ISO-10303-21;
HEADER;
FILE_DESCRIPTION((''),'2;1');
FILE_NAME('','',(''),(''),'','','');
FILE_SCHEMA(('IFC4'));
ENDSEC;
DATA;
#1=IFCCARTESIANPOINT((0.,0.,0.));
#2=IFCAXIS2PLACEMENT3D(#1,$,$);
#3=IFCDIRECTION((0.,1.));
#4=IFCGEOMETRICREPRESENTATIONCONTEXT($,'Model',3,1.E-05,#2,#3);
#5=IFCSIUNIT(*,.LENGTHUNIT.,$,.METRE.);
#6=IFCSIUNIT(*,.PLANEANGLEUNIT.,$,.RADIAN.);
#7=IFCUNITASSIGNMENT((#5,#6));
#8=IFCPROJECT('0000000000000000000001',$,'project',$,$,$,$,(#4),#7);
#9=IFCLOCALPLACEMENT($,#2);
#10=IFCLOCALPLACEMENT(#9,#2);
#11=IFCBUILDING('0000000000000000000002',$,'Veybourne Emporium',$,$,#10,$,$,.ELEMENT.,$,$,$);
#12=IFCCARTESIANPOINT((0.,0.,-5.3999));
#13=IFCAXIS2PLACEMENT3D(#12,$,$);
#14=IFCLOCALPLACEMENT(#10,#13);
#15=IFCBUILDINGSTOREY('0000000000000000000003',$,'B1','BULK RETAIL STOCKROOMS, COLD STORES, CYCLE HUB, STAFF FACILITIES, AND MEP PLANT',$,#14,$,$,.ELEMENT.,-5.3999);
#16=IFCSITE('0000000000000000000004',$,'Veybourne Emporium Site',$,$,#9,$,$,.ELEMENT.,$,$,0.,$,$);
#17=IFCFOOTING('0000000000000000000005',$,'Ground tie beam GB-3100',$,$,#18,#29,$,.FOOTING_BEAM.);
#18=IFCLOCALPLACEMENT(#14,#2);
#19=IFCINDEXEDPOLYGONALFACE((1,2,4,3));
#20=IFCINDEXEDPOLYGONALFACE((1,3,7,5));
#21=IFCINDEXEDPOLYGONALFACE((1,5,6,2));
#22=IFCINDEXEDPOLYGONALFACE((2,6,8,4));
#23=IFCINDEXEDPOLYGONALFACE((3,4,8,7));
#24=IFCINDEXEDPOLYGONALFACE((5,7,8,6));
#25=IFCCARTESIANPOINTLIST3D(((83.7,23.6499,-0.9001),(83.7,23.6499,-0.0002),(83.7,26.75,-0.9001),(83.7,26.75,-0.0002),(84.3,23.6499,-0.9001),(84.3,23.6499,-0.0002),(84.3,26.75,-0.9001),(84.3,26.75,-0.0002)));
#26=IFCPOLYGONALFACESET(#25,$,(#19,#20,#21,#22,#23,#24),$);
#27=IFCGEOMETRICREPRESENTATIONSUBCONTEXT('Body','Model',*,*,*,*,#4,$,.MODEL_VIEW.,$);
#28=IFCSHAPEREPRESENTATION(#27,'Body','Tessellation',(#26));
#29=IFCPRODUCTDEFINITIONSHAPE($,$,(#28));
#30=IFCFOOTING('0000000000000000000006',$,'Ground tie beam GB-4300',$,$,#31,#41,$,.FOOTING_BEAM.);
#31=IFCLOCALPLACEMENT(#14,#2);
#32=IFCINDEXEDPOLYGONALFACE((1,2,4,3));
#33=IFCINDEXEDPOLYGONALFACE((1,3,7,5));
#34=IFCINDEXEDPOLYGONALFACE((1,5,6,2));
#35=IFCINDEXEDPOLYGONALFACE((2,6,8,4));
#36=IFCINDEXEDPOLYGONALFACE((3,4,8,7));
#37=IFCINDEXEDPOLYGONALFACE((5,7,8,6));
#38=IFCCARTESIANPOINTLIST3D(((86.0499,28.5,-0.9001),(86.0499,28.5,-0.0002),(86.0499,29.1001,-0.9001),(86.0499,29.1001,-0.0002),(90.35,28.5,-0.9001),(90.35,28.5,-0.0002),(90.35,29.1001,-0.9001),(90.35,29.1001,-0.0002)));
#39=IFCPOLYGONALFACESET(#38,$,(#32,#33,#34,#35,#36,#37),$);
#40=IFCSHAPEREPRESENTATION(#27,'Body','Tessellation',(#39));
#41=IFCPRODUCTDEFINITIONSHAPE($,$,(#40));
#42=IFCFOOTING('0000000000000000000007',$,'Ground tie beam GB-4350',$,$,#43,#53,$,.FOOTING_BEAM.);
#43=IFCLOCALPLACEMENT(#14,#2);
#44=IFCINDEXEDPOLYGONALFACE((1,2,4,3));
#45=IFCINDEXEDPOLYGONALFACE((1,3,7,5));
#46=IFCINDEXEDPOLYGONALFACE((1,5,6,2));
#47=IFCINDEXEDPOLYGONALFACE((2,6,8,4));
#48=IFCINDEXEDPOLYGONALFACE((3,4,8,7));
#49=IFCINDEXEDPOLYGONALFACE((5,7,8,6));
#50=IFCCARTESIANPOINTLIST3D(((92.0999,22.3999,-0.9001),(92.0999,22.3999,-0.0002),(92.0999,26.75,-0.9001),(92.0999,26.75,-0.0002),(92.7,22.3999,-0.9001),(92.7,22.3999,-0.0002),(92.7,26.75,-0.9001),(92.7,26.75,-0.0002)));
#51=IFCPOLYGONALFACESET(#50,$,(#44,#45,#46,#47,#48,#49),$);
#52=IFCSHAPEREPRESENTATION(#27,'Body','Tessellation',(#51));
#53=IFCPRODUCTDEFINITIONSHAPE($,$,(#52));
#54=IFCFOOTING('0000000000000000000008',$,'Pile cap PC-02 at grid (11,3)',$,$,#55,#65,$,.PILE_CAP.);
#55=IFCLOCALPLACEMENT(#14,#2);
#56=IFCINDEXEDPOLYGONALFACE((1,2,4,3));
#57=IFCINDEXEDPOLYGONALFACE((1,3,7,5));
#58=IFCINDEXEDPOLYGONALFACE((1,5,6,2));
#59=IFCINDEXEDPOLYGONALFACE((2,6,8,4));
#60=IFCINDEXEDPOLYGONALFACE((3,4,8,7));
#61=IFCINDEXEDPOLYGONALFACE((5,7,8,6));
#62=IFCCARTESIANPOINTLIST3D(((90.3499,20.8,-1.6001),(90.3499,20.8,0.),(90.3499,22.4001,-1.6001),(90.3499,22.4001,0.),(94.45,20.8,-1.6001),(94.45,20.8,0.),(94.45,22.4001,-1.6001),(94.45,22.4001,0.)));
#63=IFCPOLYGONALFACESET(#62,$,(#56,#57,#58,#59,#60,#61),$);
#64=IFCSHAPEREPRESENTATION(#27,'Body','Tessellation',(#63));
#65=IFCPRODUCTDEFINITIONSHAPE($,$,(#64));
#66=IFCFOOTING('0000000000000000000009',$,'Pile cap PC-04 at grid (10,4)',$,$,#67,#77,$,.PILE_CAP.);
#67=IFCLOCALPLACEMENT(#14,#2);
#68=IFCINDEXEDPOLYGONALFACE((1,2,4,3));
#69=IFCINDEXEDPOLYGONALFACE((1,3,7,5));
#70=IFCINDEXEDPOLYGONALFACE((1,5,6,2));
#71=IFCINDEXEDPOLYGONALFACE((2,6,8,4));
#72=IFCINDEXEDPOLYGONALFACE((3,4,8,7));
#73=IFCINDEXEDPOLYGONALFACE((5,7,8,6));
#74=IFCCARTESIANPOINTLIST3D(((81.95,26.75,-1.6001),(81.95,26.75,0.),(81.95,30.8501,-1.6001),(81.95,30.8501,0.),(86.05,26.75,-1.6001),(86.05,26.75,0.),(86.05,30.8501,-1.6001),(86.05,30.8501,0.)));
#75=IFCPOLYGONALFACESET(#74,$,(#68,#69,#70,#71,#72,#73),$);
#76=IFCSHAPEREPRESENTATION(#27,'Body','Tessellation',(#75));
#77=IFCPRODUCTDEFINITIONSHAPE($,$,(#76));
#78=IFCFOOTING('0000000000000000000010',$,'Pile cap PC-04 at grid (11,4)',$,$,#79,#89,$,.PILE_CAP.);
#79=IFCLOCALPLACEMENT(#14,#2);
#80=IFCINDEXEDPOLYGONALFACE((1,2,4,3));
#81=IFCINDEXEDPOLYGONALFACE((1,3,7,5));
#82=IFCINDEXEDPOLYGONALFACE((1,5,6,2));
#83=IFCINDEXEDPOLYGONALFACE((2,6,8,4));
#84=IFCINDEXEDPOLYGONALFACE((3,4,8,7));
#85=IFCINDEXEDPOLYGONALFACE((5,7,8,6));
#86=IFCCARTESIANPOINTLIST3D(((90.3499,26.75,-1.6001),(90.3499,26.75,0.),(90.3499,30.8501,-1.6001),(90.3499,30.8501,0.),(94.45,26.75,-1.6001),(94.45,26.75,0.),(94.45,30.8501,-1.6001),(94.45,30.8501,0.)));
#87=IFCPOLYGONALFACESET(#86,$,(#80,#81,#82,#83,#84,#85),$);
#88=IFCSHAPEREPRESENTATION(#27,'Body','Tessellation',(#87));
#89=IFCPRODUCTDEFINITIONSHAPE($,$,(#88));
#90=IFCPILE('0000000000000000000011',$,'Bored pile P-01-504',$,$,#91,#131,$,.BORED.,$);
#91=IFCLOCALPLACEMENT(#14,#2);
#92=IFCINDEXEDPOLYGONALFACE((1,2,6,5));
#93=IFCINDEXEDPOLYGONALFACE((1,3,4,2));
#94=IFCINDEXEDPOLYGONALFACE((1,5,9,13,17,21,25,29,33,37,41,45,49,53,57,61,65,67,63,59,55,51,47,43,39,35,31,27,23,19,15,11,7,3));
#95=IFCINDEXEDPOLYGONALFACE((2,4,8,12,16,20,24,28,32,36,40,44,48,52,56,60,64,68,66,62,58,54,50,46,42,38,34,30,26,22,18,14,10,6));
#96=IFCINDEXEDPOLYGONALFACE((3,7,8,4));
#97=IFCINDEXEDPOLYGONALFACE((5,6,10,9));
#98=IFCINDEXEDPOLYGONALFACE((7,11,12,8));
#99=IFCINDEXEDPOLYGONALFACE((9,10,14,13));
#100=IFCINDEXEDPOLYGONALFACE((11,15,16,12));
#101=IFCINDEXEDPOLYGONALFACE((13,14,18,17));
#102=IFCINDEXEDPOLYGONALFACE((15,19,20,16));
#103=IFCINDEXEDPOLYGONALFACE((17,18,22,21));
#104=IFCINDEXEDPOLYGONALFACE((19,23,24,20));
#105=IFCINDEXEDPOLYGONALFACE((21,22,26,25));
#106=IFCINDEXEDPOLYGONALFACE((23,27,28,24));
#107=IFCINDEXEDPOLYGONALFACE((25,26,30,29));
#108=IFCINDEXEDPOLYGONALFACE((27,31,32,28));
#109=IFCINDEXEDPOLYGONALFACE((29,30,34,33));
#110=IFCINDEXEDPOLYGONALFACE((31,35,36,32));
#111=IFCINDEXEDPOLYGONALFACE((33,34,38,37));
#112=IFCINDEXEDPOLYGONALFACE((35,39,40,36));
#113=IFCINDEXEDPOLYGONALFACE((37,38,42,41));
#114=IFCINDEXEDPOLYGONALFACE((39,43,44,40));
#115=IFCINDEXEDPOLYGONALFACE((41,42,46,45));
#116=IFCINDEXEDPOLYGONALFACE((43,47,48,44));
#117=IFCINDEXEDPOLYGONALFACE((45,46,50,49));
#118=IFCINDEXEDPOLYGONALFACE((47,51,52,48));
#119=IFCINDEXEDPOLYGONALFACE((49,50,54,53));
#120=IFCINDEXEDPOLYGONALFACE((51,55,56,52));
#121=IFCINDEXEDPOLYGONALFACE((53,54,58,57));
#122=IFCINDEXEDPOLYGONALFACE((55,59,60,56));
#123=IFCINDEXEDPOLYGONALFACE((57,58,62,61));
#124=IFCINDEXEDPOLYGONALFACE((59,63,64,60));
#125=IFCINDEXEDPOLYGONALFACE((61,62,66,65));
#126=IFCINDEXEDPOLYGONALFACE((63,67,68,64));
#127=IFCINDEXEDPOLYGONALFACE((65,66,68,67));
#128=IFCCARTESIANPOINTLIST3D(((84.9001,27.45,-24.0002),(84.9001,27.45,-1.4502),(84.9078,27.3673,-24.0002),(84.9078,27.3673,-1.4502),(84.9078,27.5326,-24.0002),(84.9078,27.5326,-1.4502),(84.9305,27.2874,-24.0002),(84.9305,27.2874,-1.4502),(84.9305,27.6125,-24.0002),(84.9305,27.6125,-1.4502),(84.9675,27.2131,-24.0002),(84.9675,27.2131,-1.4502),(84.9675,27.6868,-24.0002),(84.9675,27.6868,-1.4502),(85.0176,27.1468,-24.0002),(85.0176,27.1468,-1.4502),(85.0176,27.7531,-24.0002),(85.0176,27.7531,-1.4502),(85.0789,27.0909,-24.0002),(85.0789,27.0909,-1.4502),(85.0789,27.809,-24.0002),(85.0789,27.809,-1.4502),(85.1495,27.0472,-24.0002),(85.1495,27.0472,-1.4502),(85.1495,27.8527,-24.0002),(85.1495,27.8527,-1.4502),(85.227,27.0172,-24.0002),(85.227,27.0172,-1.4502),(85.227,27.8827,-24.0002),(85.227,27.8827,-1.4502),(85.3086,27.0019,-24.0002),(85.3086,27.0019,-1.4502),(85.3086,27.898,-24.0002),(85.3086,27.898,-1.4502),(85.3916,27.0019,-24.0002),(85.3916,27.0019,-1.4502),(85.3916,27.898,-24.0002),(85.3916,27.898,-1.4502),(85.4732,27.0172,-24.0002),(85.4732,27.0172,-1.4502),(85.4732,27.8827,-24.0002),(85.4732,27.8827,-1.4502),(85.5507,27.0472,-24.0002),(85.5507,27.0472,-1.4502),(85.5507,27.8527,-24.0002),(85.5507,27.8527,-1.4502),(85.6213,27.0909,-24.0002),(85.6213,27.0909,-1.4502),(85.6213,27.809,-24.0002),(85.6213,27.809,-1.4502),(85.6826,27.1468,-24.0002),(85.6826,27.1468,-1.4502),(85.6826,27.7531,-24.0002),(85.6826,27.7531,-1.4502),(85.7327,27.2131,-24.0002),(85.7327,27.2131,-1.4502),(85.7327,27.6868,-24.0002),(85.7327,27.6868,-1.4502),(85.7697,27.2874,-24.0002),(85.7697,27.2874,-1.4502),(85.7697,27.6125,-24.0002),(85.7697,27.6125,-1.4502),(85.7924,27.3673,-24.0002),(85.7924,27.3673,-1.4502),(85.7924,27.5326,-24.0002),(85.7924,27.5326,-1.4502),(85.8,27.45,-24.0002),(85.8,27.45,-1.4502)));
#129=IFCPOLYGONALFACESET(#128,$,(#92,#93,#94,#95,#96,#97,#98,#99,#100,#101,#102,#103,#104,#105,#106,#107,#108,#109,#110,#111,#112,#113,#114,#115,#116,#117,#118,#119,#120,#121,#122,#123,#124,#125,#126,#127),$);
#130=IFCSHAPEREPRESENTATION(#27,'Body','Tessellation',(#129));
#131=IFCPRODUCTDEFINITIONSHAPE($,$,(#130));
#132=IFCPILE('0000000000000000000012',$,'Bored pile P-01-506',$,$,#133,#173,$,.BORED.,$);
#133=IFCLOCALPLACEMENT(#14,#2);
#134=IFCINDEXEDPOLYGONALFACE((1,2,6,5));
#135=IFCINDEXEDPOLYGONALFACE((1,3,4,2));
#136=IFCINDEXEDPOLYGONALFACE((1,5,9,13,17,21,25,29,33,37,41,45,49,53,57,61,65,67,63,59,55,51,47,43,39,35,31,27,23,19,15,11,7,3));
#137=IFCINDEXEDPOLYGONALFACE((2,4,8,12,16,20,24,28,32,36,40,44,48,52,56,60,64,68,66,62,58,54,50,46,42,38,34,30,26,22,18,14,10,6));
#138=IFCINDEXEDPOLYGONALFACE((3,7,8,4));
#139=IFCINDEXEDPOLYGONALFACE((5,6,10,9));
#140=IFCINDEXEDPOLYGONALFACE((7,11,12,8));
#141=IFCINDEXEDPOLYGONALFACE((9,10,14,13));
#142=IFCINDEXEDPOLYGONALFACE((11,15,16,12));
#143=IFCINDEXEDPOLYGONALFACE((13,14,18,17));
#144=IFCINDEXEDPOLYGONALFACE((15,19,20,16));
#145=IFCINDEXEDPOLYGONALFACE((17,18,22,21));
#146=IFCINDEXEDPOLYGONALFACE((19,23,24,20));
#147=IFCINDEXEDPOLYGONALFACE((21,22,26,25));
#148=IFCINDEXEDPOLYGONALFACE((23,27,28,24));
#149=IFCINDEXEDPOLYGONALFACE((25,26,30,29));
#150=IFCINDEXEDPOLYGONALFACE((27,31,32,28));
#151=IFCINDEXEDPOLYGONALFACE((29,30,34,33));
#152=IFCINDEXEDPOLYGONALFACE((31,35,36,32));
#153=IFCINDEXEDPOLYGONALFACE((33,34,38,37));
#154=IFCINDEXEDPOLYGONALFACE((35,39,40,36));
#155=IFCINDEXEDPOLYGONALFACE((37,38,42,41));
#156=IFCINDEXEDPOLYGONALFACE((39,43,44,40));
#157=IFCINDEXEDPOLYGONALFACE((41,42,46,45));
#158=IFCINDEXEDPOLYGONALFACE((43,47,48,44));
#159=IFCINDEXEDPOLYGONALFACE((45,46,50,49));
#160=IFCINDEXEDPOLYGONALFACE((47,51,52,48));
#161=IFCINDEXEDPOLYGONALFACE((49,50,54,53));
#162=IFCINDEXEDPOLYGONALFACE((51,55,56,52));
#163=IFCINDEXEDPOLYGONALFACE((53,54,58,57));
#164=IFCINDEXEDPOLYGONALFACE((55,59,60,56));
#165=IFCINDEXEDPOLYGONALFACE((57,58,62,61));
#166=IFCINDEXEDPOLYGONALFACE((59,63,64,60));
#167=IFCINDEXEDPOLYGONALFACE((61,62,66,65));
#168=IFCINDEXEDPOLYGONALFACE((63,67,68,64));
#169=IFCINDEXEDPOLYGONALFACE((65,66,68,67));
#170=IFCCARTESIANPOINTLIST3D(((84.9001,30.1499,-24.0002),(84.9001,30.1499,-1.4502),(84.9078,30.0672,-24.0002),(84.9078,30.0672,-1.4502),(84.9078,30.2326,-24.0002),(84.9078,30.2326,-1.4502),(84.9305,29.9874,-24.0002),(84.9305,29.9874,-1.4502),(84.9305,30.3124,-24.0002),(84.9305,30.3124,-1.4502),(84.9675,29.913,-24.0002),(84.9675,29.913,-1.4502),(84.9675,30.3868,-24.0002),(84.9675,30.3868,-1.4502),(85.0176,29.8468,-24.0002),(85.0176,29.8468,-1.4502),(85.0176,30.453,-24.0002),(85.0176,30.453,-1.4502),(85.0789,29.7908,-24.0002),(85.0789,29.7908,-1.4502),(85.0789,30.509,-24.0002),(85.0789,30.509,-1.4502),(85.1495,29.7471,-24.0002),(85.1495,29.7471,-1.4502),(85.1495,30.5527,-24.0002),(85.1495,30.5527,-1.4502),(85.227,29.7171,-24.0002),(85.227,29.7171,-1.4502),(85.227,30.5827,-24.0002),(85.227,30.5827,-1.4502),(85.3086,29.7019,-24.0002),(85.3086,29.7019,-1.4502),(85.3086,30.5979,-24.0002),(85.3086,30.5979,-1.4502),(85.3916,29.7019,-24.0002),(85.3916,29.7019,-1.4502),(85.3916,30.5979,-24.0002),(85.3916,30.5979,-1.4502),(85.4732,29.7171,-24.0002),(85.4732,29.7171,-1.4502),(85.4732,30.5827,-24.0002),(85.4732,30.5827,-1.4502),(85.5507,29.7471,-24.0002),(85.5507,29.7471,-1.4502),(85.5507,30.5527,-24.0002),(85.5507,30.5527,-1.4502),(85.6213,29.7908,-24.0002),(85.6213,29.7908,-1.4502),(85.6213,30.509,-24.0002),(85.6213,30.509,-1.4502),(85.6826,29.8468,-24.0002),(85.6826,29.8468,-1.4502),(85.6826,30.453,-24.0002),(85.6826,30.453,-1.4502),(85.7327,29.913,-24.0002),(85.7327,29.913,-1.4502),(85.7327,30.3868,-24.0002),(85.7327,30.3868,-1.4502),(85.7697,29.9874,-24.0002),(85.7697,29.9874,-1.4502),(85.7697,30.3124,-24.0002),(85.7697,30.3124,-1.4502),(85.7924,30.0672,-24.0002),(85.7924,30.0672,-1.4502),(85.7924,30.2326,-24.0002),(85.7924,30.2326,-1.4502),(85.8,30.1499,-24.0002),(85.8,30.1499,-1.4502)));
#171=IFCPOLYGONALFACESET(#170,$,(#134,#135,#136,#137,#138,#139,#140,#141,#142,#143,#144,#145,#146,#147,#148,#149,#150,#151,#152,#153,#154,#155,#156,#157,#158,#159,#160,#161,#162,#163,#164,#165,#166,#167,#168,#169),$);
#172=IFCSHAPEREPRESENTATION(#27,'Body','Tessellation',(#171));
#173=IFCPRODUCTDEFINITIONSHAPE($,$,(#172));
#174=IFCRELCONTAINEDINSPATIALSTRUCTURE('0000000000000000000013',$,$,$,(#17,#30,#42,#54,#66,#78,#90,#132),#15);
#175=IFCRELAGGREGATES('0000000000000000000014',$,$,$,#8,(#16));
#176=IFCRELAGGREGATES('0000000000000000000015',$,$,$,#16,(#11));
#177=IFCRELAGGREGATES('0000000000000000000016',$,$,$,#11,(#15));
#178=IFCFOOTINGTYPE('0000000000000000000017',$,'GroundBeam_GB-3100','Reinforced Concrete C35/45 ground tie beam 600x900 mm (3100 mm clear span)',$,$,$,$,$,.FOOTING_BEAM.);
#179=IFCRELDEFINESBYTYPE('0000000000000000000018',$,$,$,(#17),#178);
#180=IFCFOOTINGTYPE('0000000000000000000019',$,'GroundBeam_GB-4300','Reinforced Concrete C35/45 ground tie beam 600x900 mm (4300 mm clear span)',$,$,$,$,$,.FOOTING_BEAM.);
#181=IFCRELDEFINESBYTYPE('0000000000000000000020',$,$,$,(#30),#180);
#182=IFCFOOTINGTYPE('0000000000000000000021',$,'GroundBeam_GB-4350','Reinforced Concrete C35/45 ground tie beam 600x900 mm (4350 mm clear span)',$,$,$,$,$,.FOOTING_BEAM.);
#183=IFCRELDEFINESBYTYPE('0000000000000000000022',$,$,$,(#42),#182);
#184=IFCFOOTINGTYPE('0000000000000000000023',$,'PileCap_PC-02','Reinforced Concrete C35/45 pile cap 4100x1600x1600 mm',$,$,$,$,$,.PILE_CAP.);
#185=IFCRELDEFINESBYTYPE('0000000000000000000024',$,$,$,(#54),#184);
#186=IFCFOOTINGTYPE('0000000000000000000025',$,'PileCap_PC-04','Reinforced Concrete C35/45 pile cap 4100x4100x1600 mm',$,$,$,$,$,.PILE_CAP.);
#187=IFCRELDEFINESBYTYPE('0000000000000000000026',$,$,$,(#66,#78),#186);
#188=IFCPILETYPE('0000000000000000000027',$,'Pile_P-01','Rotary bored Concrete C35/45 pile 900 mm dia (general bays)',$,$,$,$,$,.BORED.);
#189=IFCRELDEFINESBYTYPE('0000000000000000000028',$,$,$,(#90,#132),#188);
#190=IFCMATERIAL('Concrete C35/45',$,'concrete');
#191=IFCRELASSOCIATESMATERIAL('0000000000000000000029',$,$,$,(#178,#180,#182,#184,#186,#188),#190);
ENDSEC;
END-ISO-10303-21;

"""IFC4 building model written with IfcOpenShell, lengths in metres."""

from ifc_helpers import new_model, si_unit, direction, frame, origin, origin_2d, place, context, subcontext, project, spatial, rectangle, circle, extrude, material, material_profile, profile_set, type_object, element, save


model = new_model("IFC4")

# Units and contexts
model_context = context("Model", 3, precision=1e-05, world=origin(), true_north=direction((0.0, 1.0)))
body_context = subcontext(model_context, "Body", "Model", "MODEL_VIEW")
ifc_project = project(units=[si_unit("LENGTHUNIT", "METRE"), si_unit("PLANEANGLEUNIT", "RADIAN")], contexts=[model_context])

# Site, building, storey
site_placement = place(None, origin())
site = spatial("IfcSite", under=ifc_project, at=site_placement, Name="Veybourne Emporium Site", CompositionType="ELEMENT", RefElevation=0.0)
building_placement = place(site_placement, origin())
building = spatial("IfcBuilding", under=site, at=building_placement, Name="Veybourne Emporium", CompositionType="ELEMENT")
storey_placement = place(building_placement, frame((0.0, 0.0, -5.3999)))
storey = spatial("IfcBuildingStorey", under=building, at=storey_placement, Name="B1", Description="BULK RETAIL STOCKROOMS, COLD STORES, CYCLE HUB, STAFF FACILITIES, AND MEP PLANT", CompositionType="ELEMENT", Elevation=-5.3999)

# Footings
ifc_material_1 = material(Name="Concrete C35/45", Category="concrete")
footing_type_1 = type_object("IfcFootingType", Name="GroundBeam_GB-3100", Description="Reinforced Concrete C35/45 ground tie beam 600x900 mm (3100 mm clear span)", PredefinedType="FOOTING_BEAM", material=ifc_material_1)
footing_1_placement = place(storey_placement, frame((84.0, 25.2, -0.9001), z_axis=(0.0, 0.0, 1.0), x_axis=(0.0, 1.0, 0.0)))
element("IfcFooting", 1, at=footing_1_placement, inside=storey, type_object=footing_type_1, Name="Ground tie beam GB-3100", PredefinedType="FOOTING_BEAM", context=body_context, shape_type="SweptSolid", body=[
    extrude(rectangle(XDim=3.1001, YDim=0.6001, at=origin_2d()), origin(), (0.0, 0.0, 1.0), 0.8999),
])
footing_type_2 = type_object("IfcFootingType", Name="GroundBeam_GB-4300", Description="Reinforced Concrete C35/45 ground tie beam 600x900 mm (4300 mm clear span)", PredefinedType="FOOTING_BEAM", material=ifc_material_1)
footing_2_placement = place(storey_placement, frame((88.2, 28.8, -0.9001), z_axis=(0.0, 0.0, 1.0), x_axis=(1.0, 0.0, 0.0)))
element("IfcFooting", 2, at=footing_2_placement, inside=storey, type_object=footing_type_2, Name="Ground tie beam GB-4300", PredefinedType="FOOTING_BEAM", context=body_context, shape_type="SweptSolid", body=[
    extrude(rectangle(XDim=4.3, YDim=0.6001, at=origin_2d()), origin(), (0.0, 0.0, 1.0), 0.8999),
])
footing_type_3 = type_object("IfcFootingType", Name="GroundBeam_GB-4350", Description="Reinforced Concrete C35/45 ground tie beam 600x900 mm (4350 mm clear span)", PredefinedType="FOOTING_BEAM", material=ifc_material_1)
footing_3_placement = place(storey_placement, frame((92.3999, 24.575, -0.9001), z_axis=(0.0, 0.0, 1.0), x_axis=(0.0, 1.0, 0.0)))
element("IfcFooting", 3, at=footing_3_placement, inside=storey, type_object=footing_type_3, Name="Ground tie beam GB-4350", PredefinedType="FOOTING_BEAM", context=body_context, shape_type="SweptSolid", body=[
    extrude(rectangle(XDim=4.3501, YDim=0.6001, at=origin_2d()), origin(), (0.0, 0.0, 1.0), 0.8999),
])
footing_type_4 = type_object("IfcFootingType", Name="PileCap_PC-02", Description="Reinforced Concrete C35/45 pile cap 4100x1600x1600 mm", PredefinedType="PILE_CAP", material=ifc_material_1)
footing_4_placement = place(storey_placement, frame((92.3999, 21.6001, -1.6001), z_axis=(0.0, 0.0, 1.0), x_axis=(1.0, 0.0, 0.0)))
element("IfcFooting", 4, at=footing_4_placement, inside=storey, type_object=footing_type_4, Name="Pile cap PC-02 at grid (11,3)", PredefinedType="PILE_CAP", context=body_context, shape_type="SweptSolid", body=[
    extrude(rectangle(XDim=4.1001, YDim=1.6001, at=origin_2d()), origin(), (0.0, 0.0, 1.0), 1.6001),
])
footing_type_5 = type_object("IfcFootingType", Name="PileCap_PC-04", Description="Reinforced Concrete C35/45 pile cap 4100x4100x1600 mm", PredefinedType="PILE_CAP", material=ifc_material_1)
for number, where, z_axis, x_axis, name in (
    (5, (84.0, 28.8, -1.6001), (0.0, 0.0, 1.0), (1.0, 0.0, 0.0), "Pile cap PC-04 at grid (10,4)"),
    (6, (92.3999, 28.8, -1.6001), (0.0, 0.0, 1.0), (1.0, 0.0, 0.0), "Pile cap PC-04 at grid (11,4)"),
):
    element("IfcFooting", number, at=place(storey_placement, frame(where, z_axis=z_axis, x_axis=x_axis)), inside=storey, type_object=footing_type_5, Name=name, PredefinedType="PILE_CAP", context=body_context, shape_type="SweptSolid", body=[
        extrude(rectangle(XDim=4.1001, YDim=4.1001, at=origin_2d()), origin(), (0.0, 0.0, 1.0), 1.6001),
    ])

# Piles
ifc_material_profile_1 = material_profile(ifc_material_1, circle(Radius=0.45, at=origin_2d()), Name="BORED PILE 900")
ifc_profile_set_1 = profile_set([ifc_material_profile_1], Name="Concrete C35/45")
pile_type_1 = type_object("IfcPileType", Name="Pile_P-01", Description="Rotary bored Concrete C35/45 pile 900 mm dia (general bays)", PredefinedType="BORED", material=ifc_profile_set_1)
for number, where, z_axis, x_axis, name in (
    (7, (85.3501, 27.45, -1.4502), (0.0, 0.0, -1.0), (1.0, 0.0, 0.0), "Bored pile P-01-504"),
    (8, (85.3501, 30.1499, -1.4502), (0.0, 0.0, -1.0), (1.0, 0.0, 0.0), "Bored pile P-01-506"),
):
    element("IfcPile", number, at=place(storey_placement, frame(where, z_axis=z_axis, x_axis=x_axis)), inside=storey, type_object=pile_type_1, Name=name, PredefinedType="BORED", context=body_context, shape_type="SweptSolid", body=[
        extrude(circle(Radius=0.45, at=origin_2d()), origin(), (0.0, 0.0, 1.0), 22.55),
    ])

save(model, "model.ifc")
